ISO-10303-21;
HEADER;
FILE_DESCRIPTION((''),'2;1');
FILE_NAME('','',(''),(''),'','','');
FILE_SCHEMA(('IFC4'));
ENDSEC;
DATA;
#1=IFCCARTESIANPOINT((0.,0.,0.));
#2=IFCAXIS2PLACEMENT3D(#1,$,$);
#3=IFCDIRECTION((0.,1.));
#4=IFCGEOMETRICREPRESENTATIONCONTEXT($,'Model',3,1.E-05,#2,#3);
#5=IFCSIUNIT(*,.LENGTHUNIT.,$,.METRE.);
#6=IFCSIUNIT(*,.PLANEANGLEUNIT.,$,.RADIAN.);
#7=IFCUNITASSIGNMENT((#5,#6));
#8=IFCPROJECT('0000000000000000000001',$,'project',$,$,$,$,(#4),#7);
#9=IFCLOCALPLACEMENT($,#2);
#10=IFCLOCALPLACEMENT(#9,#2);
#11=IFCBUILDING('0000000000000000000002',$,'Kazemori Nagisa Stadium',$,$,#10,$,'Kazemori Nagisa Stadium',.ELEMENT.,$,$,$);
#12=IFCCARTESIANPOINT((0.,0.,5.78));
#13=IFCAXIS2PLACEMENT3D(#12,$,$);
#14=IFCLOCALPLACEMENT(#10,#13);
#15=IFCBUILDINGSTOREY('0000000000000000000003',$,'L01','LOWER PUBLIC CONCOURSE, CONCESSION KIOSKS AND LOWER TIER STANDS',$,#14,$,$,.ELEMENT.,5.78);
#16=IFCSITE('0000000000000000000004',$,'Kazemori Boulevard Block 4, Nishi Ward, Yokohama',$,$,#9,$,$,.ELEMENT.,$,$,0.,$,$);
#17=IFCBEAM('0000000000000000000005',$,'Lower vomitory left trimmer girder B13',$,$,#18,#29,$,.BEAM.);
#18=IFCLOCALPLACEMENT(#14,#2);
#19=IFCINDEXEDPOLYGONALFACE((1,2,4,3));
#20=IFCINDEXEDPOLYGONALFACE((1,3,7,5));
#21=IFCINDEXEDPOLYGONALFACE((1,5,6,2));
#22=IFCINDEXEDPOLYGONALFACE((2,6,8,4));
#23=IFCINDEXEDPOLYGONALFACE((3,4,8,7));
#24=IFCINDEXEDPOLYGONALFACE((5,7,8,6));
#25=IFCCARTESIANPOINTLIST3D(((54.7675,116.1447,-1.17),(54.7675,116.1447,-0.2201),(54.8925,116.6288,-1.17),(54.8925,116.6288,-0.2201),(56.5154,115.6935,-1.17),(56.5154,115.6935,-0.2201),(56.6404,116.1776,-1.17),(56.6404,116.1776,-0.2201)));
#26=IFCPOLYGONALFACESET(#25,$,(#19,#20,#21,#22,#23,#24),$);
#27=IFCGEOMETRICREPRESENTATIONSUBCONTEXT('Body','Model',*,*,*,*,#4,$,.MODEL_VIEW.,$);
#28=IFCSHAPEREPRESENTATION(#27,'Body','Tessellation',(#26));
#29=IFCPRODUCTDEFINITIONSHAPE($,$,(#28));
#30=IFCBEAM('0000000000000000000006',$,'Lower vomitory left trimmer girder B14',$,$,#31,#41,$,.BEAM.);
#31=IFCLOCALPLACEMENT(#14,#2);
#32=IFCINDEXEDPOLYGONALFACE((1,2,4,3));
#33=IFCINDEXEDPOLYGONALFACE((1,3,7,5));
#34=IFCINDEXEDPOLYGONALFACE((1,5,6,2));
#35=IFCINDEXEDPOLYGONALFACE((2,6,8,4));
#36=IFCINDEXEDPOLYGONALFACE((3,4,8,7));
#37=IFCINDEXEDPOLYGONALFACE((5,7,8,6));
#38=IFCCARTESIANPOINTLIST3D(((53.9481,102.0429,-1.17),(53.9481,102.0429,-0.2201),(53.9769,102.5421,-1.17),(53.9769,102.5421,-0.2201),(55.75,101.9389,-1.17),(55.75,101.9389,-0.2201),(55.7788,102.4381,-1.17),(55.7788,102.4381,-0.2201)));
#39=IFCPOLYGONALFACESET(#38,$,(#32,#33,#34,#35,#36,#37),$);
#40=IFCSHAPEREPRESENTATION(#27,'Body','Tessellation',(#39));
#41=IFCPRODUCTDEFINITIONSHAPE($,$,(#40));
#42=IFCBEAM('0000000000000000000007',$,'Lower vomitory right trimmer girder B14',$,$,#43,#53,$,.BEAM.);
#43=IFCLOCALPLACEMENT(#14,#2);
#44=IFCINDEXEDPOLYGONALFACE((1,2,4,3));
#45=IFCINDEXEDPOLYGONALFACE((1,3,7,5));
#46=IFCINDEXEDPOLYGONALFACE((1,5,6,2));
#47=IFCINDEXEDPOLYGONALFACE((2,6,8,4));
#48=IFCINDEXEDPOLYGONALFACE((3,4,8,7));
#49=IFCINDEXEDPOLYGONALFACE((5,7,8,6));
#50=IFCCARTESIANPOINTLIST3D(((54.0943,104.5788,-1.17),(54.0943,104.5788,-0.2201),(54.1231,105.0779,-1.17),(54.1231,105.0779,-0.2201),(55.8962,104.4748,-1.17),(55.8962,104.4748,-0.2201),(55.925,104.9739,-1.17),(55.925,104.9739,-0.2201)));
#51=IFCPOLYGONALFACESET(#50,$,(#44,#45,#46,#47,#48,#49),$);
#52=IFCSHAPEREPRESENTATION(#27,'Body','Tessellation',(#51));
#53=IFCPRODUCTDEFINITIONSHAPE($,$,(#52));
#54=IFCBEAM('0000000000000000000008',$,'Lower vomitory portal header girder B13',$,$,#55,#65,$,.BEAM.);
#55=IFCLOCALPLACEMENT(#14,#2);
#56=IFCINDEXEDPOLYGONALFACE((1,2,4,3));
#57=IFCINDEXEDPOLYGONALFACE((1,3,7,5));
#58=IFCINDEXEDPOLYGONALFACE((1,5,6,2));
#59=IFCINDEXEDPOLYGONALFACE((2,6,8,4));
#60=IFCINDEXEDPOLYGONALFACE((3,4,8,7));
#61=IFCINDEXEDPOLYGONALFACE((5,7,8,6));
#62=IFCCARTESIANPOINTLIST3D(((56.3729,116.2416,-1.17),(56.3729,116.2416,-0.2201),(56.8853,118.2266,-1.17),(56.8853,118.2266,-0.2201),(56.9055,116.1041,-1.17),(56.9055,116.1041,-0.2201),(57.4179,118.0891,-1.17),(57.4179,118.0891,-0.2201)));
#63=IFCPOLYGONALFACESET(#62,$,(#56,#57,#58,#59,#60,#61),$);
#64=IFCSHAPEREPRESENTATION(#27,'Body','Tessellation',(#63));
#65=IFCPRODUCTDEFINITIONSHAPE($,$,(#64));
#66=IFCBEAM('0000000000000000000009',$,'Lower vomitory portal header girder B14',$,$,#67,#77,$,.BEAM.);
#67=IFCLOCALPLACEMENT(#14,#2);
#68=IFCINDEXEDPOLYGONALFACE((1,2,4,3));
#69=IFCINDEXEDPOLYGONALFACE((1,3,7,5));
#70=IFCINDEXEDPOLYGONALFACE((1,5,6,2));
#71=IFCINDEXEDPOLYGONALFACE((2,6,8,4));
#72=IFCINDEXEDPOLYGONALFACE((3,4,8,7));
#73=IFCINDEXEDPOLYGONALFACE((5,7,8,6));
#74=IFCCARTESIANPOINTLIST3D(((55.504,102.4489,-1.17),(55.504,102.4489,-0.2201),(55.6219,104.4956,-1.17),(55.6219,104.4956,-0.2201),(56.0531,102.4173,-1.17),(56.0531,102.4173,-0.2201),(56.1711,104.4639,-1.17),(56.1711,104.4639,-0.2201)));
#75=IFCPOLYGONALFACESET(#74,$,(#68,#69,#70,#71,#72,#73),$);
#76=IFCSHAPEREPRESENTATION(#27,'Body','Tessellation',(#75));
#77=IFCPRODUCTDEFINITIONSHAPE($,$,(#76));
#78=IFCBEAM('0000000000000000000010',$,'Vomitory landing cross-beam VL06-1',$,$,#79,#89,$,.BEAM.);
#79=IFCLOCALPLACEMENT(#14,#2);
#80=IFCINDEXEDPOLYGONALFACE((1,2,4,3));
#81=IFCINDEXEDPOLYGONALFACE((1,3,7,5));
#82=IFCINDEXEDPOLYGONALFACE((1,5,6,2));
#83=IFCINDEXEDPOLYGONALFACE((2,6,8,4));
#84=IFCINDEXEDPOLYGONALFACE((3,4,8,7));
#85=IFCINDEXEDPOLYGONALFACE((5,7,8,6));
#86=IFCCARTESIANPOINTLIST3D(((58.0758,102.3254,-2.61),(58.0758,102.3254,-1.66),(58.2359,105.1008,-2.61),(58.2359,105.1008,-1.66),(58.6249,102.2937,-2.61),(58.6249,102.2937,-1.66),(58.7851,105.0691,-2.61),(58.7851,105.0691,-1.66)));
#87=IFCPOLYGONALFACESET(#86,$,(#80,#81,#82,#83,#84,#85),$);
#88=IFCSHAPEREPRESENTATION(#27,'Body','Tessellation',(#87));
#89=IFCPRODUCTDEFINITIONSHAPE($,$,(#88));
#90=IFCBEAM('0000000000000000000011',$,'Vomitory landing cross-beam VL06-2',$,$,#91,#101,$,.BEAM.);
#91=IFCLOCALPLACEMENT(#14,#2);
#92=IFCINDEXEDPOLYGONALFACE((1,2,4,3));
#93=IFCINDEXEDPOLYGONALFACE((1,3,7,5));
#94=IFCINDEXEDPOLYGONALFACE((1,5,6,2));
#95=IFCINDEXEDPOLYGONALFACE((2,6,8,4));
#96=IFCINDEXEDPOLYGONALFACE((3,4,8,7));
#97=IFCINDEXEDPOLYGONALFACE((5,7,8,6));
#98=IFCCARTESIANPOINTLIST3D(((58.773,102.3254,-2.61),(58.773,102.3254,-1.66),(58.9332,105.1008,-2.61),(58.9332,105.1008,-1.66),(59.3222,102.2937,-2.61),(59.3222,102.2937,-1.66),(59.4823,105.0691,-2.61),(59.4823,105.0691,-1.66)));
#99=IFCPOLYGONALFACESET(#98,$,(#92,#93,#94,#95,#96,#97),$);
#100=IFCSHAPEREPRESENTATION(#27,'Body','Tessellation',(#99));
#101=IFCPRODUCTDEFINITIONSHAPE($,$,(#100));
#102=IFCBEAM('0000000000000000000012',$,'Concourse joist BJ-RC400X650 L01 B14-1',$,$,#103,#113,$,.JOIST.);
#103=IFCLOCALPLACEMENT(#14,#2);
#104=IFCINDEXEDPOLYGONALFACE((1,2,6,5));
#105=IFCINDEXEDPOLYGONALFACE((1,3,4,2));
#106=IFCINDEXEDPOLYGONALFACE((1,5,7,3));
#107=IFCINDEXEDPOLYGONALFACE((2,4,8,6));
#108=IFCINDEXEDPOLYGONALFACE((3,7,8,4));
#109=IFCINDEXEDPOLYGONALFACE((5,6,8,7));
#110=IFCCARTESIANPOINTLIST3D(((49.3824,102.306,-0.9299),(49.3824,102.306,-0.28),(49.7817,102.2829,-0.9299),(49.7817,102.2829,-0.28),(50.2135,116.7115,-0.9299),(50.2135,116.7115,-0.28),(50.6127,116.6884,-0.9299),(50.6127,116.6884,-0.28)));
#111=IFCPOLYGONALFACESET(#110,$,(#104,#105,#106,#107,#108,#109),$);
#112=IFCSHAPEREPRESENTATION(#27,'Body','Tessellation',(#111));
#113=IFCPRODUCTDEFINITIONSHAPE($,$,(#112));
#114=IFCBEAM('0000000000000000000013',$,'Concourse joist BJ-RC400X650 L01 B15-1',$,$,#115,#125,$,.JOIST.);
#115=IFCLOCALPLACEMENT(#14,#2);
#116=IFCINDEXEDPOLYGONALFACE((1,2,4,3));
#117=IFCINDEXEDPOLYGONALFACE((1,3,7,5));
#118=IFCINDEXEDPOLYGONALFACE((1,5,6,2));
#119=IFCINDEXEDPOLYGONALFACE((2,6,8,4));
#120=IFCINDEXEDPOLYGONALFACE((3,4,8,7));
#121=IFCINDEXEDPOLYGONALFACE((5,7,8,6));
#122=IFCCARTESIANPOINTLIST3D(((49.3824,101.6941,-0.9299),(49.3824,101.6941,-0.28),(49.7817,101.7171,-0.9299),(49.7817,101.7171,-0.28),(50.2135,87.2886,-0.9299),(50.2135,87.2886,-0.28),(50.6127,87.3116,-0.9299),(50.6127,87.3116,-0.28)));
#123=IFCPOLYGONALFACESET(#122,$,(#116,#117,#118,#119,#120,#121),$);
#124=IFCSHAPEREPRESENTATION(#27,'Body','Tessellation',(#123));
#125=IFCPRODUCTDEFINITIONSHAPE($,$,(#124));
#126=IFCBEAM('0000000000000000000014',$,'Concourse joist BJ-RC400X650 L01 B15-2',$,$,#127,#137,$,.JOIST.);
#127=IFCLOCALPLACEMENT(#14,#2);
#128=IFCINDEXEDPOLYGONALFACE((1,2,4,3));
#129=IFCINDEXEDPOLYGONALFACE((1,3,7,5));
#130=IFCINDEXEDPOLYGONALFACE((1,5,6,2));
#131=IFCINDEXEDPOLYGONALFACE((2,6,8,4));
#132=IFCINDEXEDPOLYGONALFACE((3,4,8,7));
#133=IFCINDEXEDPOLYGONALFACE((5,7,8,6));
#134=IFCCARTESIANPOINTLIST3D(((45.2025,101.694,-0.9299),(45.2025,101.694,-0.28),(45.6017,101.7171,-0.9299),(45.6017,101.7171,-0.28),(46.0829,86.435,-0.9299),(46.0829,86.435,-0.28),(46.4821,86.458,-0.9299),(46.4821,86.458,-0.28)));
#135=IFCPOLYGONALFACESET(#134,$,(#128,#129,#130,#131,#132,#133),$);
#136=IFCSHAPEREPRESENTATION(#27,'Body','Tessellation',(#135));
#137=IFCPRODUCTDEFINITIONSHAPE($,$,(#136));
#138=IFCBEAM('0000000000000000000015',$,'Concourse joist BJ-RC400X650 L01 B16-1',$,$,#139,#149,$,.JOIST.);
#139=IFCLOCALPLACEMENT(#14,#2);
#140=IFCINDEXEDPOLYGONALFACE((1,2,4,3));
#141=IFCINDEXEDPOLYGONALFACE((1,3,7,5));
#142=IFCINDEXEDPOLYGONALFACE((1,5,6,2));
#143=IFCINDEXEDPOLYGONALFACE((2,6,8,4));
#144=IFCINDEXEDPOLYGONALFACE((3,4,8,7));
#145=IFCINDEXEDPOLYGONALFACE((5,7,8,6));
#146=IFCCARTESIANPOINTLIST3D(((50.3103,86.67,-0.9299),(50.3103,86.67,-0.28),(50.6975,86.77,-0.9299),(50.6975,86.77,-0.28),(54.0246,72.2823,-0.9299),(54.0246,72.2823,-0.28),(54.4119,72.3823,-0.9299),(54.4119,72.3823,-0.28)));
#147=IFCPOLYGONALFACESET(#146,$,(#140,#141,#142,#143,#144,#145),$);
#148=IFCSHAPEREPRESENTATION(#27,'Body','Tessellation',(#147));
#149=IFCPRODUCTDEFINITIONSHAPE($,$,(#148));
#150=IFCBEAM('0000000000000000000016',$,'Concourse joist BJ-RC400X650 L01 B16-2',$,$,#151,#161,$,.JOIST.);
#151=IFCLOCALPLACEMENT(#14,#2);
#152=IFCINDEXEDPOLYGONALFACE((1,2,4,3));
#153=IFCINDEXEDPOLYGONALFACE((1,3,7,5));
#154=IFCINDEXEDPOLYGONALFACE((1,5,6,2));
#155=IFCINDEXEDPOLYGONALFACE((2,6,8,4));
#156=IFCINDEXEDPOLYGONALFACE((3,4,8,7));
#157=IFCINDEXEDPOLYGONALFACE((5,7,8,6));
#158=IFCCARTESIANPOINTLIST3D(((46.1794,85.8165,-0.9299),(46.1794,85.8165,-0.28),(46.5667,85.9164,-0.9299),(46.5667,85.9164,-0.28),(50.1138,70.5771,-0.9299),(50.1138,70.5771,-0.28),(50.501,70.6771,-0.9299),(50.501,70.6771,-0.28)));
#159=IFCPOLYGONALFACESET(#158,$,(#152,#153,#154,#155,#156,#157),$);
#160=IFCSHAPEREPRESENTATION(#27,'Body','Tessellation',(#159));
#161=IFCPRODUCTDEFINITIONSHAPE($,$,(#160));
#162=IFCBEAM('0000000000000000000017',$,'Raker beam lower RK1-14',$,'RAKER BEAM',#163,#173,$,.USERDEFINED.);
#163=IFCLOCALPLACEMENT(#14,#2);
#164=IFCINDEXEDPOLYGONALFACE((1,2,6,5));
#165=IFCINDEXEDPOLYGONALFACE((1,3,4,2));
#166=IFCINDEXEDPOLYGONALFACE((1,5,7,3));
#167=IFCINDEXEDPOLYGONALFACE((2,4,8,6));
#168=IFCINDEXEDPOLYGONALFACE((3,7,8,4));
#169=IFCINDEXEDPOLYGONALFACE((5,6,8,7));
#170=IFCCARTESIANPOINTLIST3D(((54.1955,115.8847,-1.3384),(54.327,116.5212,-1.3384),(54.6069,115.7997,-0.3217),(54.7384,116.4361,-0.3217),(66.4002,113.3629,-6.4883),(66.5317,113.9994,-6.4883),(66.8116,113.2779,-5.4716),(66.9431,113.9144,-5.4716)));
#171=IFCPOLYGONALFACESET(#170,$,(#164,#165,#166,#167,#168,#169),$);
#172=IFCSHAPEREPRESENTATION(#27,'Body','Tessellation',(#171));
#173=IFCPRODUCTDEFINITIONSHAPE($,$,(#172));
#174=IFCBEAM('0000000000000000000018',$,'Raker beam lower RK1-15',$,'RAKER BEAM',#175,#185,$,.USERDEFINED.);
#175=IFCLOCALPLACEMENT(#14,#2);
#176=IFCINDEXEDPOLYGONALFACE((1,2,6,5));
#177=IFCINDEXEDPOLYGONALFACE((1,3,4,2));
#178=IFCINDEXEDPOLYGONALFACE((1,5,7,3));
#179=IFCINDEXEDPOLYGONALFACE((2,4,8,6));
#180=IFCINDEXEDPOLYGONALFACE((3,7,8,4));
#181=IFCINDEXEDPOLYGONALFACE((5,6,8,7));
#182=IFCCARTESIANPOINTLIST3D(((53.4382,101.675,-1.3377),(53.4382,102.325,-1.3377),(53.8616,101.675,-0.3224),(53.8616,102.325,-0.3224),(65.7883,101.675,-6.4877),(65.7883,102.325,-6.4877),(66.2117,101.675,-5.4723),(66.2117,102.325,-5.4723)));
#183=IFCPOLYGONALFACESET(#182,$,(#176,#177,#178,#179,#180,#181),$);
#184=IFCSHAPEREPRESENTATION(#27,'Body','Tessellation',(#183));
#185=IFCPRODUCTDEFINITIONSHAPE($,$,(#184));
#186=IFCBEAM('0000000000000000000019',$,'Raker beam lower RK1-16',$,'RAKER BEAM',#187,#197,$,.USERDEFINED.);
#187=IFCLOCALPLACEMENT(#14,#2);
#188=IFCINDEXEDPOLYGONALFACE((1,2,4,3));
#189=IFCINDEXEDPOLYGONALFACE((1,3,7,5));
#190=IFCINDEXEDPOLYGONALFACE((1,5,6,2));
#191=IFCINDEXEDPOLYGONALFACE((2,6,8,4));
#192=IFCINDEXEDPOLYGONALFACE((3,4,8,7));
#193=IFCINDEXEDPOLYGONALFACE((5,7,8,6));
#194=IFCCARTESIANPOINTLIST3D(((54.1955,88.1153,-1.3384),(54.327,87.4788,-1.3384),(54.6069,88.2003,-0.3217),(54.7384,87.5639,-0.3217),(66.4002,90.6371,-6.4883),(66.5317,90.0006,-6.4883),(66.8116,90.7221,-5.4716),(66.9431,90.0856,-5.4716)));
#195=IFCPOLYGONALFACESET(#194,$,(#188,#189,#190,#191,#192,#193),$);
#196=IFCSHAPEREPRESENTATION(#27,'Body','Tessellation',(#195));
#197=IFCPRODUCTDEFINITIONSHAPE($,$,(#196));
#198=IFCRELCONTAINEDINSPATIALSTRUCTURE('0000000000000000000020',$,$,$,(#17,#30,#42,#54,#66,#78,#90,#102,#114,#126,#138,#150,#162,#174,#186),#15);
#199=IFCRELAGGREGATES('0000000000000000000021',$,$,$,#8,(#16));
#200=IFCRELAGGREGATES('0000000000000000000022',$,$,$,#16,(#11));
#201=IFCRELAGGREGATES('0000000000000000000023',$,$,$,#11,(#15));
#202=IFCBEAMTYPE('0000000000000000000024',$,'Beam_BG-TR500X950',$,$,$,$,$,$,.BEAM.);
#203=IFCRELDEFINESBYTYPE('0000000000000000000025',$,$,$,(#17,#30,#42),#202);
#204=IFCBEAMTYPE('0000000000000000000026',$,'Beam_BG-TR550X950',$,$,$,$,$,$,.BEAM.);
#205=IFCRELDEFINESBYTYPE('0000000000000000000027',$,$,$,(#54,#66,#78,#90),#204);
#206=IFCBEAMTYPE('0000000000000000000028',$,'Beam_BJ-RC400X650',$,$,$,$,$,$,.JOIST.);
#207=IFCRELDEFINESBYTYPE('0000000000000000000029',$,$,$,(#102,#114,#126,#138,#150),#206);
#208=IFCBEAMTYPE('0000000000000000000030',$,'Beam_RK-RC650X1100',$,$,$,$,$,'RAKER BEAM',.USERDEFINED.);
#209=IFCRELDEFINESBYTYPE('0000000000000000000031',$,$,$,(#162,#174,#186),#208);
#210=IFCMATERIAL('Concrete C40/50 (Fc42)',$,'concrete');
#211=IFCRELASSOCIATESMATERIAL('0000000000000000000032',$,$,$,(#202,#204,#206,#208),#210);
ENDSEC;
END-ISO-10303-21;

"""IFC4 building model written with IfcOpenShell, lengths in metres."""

from ifc_helpers import new_model, si_unit, direction, frame, origin, origin_2d, place, context, subcontext, project, spatial, rectangle, extrude, material, material_profile, profile_set, type_object, element, save


model = new_model("IFC4")

# Units and contexts
model_context = context("Model", 3, precision=1e-05, world=origin(), true_north=direction((0.0, 1.0)))
body_context = subcontext(model_context, "Body", "Model", "MODEL_VIEW")
ifc_project = project(units=[si_unit("LENGTHUNIT", "METRE"), si_unit("PLANEANGLEUNIT", "RADIAN")], contexts=[model_context])

# Site, building, storey
site_placement = place(None, origin())
site = spatial("IfcSite", under=ifc_project, at=site_placement, Name="Kazemori Boulevard Block 4, Nishi Ward, Yokohama", CompositionType="ELEMENT", RefElevation=0.0)
building_placement = place(site_placement, origin())
building = spatial("IfcBuilding", under=site, at=building_placement, Name="Kazemori Nagisa Stadium", LongName="Kazemori Nagisa Stadium", CompositionType="ELEMENT")
storey_placement = place(building_placement, frame((0.0, 0.0, 5.78)))
storey = spatial("IfcBuildingStorey", under=building, at=storey_placement, Name="L01", Description="LOWER PUBLIC CONCOURSE, CONCESSION KIOSKS AND LOWER TIER STANDS", CompositionType="ELEMENT", Elevation=5.78)

# Shared definitions
ifc_material_1 = material(Name="Concrete C40/50 (Fc42)", Category="concrete")

# Beams
ifc_material_profile_1 = material_profile(ifc_material_1, rectangle(XDim=0.5, YDim=0.95, at=origin_2d()), Name="RC-BM-500x950")
ifc_profile_set_1 = profile_set([ifc_material_profile_1], Name="Concrete C40/50 (Fc42)")
beam_type_1 = type_object("IfcBeamType", Name="Beam_BG-TR500X950", PredefinedType="BEAM", material=ifc_profile_set_1)
beam_1_placement = place(storey_placement, frame((56.5779, 115.9355, -0.6951), z_axis=(-0.96826, 0.249943, 0.0), x_axis=(-0.249943, -0.96826, 0.0)))
element("IfcBeam", 1, at=beam_1_placement, inside=storey, type_object=beam_type_1, Name="Lower vomitory left trimmer girder B13", PredefinedType="BEAM", context=body_context, shape_type="SweptSolid", body=[
    extrude(rectangle(XDim=0.5, YDim=0.95, at=origin_2d()), origin(), (0.0, 0.0, 1.0), 1.8052),
])
for number, where, z_axis, x_axis, name in (
    (2, (55.7644, 102.1885, -0.6951), (-0.998339, 0.05762, 0.0), (-0.05762, -0.998339, 0.0), "Lower vomitory left trimmer girder B14"),
    (3, (55.9106, 104.7244, -0.6951), (-0.998339, 0.05762, 0.0), (-0.05762, -0.998339, 0.0), "Lower vomitory right trimmer girder B14"),
):
    element("IfcBeam", number, at=place(storey_placement, frame(where, z_axis=z_axis, x_axis=x_axis)), inside=storey, type_object=beam_type_1, Name=name, PredefinedType="BEAM", context=body_context, shape_type="SweptSolid", body=[
        extrude(rectangle(XDim=0.5, YDim=0.95, at=origin_2d()), origin(), (0.0, 0.0, 1.0), 1.8049),
    ])
ifc_material_profile_2 = material_profile(ifc_material_1, rectangle(XDim=0.55, YDim=0.95, at=origin_2d()), Name="RC-BM-550x950")
ifc_profile_set_2 = profile_set([ifc_material_profile_2], Name="Concrete C40/50 (Fc42)")
beam_type_2 = type_object("IfcBeamType", Name="Beam_BG-TR550X950", PredefinedType="BEAM", material=ifc_profile_set_2)
for number, where, z_axis, x_axis, name in (
    (4, (56.6392, 116.1729, -0.6951), (0.249982, 0.96825, 0.0), (-0.96825, 0.249982, 0.0), "Lower vomitory portal header girder B13"),
    (5, (55.7786, 102.4331, -0.6951), (0.057521, 0.998344, 0.0), (-0.998344, 0.057521, 0.0), "Lower vomitory portal header girder B14"),
):
    element("IfcBeam", number, at=place(storey_placement, frame(where, z_axis=z_axis, x_axis=x_axis)), inside=storey, type_object=beam_type_2, Name=name, PredefinedType="BEAM", context=body_context, shape_type="SweptSolid", body=[
        extrude(rectangle(XDim=0.55, YDim=0.95, at=origin_2d()), origin(), (0.0, 0.0, 1.0), 2.05),
    ])
for number, where, z_axis, x_axis, name in (
    (6, (58.5105, 105.085, -2.135), (-0.05761, -0.998339, 0.0), (0.998339, -0.05761, 0.0), "Vomitory landing cross-beam VL06-1"),
    (7, (59.2078, 105.085, -2.135), (-0.05761, -0.998339, 0.0), (0.998339, -0.05761, 0.0), "Vomitory landing cross-beam VL06-2"),
):
    element("IfcBeam", number, at=place(storey_placement, frame(where, z_axis=z_axis, x_axis=x_axis)), inside=storey, type_object=beam_type_2, Name=name, PredefinedType="BEAM", context=body_context, shape_type="SweptSolid", body=[
        extrude(rectangle(XDim=0.55, YDim=0.95, at=origin_2d()), origin(), (0.0, 0.0, 1.0), 2.78),
    ])
ifc_material_profile_3 = material_profile(ifc_material_1, rectangle(XDim=0.3999, YDim=0.6499, at=origin_2d()), Name="RC-BM-400x650")
ifc_profile_set_3 = profile_set([ifc_material_profile_3], Name="Concrete C40/50 (Fc42)")
beam_type_3 = type_object("IfcBeamType", Name="Beam_BJ-RC400X650", PredefinedType="JOIST", material=ifc_profile_set_3)
for number, where, z_axis, x_axis, name in (
    (8, (50.4131, 116.7, -0.605), (-0.057594, -0.99834, 0.0), (0.99834, -0.057594, 0.0), "Concourse joist BJ-RC400X650 L01 B14-1"),
    (9, (49.582, 101.7056, -0.605), (0.057594, -0.99834, 0.0), (0.99834, 0.057594, 0.0), "Concourse joist BJ-RC400X650 L01 B15-1"),
):
    element("IfcBeam", number, at=place(storey_placement, frame(where, z_axis=z_axis, x_axis=x_axis)), inside=storey, type_object=beam_type_3, Name=name, PredefinedType="JOIST", context=body_context, shape_type="SweptSolid", body=[
        extrude(rectangle(XDim=0.3999, YDim=0.6499, at=origin_2d()), origin(), (0.0, 0.0, 1.0), 14.4294),
    ])
beam_2_placement = place(storey_placement, frame((45.4021, 101.7056, -0.605), z_axis=(0.057599, -0.99834, 0.0), x_axis=(0.99834, 0.057599, 0.0)))
element("IfcBeam", 10, at=beam_2_placement, inside=storey, type_object=beam_type_3, Name="Concourse joist BJ-RC400X650 L01 B15-2", PredefinedType="JOIST", context=body_context, shape_type="SweptSolid", body=[
    extrude(rectangle(XDim=0.3999, YDim=0.6499, at=origin_2d()), origin(), (0.0, 0.0, 1.0), 15.2844),
])
beam_3_placement = place(storey_placement, frame((50.5039, 86.72, -0.605), z_axis=(0.249966, -0.968254, 0.0), x_axis=(0.968254, 0.249966, 0.0)))
element("IfcBeam", 11, at=beam_3_placement, inside=storey, type_object=beam_type_3, Name="Concourse joist BJ-RC400X650 L01 B16-1", PredefinedType="JOIST", context=body_context, shape_type="SweptSolid", body=[
    extrude(rectangle(XDim=0.3999, YDim=0.6499, at=origin_2d()), origin(), (0.0, 0.0, 1.0), 14.8594),
])
beam_4_placement = place(storey_placement, frame((46.373, 85.8665, -0.605), z_axis=(0.249974, -0.968252, 0.0), x_axis=(0.968252, 0.249974, 0.0)))
element("IfcBeam", 12, at=beam_4_placement, inside=storey, type_object=beam_type_3, Name="Concourse joist BJ-RC400X650 L01 B16-2", PredefinedType="JOIST", context=body_context, shape_type="SweptSolid", body=[
    extrude(rectangle(XDim=0.3999, YDim=0.6499, at=origin_2d()), origin(), (0.0, 0.0, 1.0), 15.739),
])
ifc_material_profile_4 = material_profile(ifc_material_1, rectangle(XDim=0.6499, YDim=1.1001, at=origin_2d()), Name="RC-RK-650x1100")
ifc_profile_set_4 = profile_set([ifc_material_profile_4], Name="Concrete C40/50 (Fc42)")
beam_type_4 = type_object("IfcBeamType", Name="Beam_RK-RC650X1100", ElementType="RAKER BEAM", PredefinedType="USERDEFINED", material=ifc_profile_set_4)
beam_5_placement = place(storey_placement, frame((66.6716, 113.6387, -5.98), z_axis=(-0.905081, 0.187009, 0.381912), x_axis=(-0.202347, -0.979314, 0.0)))
element("IfcBeam", 13, at=beam_5_placement, inside=storey, type_object=beam_type_4, Name="Raker beam lower RK1-14", ObjectType="RAKER BEAM", PredefinedType="USERDEFINED", context=body_context, shape_type="SweptSolid", body=[
    extrude(rectangle(XDim=0.6499, YDim=1.1001, at=origin_2d()), origin(), (0.0, 0.0, 1.0), 13.4846),
])
beam_6_placement = place(storey_placement, frame((66.0, 102.0, -5.98), z_axis=(-0.92297, 0.0, 0.384872), x_axis=(0.0, -1.0, 0.0)))
element("IfcBeam", 14, at=beam_6_placement, inside=storey, type_object=beam_type_4, Name="Raker beam lower RK1-15", ObjectType="RAKER BEAM", PredefinedType="USERDEFINED", context=body_context, shape_type="SweptSolid", body=[
    extrude(rectangle(XDim=0.6499, YDim=1.1001, at=origin_2d()), origin(), (0.0, 0.0, 1.0), 13.3809),
])
for number, where, z_axis, x_axis, name in (
    (15, (66.6716, 90.3613, -5.98), (-0.905081, -0.187009, 0.381912), (0.202347, -0.979314, 0.0), "Raker beam lower RK1-16"),
):
    element("IfcBeam", number, at=place(storey_placement, frame(where, z_axis=z_axis, x_axis=x_axis)), inside=storey, type_object=beam_type_4, Name=name, ObjectType="RAKER BEAM", PredefinedType="USERDEFINED", context=body_context, shape_type="SweptSolid", body=[
        extrude(rectangle(XDim=0.6499, YDim=1.1001, at=origin_2d()), origin(), (0.0, 0.0, 1.0), 13.4846),
    ])

save(model, "model.ifc")
